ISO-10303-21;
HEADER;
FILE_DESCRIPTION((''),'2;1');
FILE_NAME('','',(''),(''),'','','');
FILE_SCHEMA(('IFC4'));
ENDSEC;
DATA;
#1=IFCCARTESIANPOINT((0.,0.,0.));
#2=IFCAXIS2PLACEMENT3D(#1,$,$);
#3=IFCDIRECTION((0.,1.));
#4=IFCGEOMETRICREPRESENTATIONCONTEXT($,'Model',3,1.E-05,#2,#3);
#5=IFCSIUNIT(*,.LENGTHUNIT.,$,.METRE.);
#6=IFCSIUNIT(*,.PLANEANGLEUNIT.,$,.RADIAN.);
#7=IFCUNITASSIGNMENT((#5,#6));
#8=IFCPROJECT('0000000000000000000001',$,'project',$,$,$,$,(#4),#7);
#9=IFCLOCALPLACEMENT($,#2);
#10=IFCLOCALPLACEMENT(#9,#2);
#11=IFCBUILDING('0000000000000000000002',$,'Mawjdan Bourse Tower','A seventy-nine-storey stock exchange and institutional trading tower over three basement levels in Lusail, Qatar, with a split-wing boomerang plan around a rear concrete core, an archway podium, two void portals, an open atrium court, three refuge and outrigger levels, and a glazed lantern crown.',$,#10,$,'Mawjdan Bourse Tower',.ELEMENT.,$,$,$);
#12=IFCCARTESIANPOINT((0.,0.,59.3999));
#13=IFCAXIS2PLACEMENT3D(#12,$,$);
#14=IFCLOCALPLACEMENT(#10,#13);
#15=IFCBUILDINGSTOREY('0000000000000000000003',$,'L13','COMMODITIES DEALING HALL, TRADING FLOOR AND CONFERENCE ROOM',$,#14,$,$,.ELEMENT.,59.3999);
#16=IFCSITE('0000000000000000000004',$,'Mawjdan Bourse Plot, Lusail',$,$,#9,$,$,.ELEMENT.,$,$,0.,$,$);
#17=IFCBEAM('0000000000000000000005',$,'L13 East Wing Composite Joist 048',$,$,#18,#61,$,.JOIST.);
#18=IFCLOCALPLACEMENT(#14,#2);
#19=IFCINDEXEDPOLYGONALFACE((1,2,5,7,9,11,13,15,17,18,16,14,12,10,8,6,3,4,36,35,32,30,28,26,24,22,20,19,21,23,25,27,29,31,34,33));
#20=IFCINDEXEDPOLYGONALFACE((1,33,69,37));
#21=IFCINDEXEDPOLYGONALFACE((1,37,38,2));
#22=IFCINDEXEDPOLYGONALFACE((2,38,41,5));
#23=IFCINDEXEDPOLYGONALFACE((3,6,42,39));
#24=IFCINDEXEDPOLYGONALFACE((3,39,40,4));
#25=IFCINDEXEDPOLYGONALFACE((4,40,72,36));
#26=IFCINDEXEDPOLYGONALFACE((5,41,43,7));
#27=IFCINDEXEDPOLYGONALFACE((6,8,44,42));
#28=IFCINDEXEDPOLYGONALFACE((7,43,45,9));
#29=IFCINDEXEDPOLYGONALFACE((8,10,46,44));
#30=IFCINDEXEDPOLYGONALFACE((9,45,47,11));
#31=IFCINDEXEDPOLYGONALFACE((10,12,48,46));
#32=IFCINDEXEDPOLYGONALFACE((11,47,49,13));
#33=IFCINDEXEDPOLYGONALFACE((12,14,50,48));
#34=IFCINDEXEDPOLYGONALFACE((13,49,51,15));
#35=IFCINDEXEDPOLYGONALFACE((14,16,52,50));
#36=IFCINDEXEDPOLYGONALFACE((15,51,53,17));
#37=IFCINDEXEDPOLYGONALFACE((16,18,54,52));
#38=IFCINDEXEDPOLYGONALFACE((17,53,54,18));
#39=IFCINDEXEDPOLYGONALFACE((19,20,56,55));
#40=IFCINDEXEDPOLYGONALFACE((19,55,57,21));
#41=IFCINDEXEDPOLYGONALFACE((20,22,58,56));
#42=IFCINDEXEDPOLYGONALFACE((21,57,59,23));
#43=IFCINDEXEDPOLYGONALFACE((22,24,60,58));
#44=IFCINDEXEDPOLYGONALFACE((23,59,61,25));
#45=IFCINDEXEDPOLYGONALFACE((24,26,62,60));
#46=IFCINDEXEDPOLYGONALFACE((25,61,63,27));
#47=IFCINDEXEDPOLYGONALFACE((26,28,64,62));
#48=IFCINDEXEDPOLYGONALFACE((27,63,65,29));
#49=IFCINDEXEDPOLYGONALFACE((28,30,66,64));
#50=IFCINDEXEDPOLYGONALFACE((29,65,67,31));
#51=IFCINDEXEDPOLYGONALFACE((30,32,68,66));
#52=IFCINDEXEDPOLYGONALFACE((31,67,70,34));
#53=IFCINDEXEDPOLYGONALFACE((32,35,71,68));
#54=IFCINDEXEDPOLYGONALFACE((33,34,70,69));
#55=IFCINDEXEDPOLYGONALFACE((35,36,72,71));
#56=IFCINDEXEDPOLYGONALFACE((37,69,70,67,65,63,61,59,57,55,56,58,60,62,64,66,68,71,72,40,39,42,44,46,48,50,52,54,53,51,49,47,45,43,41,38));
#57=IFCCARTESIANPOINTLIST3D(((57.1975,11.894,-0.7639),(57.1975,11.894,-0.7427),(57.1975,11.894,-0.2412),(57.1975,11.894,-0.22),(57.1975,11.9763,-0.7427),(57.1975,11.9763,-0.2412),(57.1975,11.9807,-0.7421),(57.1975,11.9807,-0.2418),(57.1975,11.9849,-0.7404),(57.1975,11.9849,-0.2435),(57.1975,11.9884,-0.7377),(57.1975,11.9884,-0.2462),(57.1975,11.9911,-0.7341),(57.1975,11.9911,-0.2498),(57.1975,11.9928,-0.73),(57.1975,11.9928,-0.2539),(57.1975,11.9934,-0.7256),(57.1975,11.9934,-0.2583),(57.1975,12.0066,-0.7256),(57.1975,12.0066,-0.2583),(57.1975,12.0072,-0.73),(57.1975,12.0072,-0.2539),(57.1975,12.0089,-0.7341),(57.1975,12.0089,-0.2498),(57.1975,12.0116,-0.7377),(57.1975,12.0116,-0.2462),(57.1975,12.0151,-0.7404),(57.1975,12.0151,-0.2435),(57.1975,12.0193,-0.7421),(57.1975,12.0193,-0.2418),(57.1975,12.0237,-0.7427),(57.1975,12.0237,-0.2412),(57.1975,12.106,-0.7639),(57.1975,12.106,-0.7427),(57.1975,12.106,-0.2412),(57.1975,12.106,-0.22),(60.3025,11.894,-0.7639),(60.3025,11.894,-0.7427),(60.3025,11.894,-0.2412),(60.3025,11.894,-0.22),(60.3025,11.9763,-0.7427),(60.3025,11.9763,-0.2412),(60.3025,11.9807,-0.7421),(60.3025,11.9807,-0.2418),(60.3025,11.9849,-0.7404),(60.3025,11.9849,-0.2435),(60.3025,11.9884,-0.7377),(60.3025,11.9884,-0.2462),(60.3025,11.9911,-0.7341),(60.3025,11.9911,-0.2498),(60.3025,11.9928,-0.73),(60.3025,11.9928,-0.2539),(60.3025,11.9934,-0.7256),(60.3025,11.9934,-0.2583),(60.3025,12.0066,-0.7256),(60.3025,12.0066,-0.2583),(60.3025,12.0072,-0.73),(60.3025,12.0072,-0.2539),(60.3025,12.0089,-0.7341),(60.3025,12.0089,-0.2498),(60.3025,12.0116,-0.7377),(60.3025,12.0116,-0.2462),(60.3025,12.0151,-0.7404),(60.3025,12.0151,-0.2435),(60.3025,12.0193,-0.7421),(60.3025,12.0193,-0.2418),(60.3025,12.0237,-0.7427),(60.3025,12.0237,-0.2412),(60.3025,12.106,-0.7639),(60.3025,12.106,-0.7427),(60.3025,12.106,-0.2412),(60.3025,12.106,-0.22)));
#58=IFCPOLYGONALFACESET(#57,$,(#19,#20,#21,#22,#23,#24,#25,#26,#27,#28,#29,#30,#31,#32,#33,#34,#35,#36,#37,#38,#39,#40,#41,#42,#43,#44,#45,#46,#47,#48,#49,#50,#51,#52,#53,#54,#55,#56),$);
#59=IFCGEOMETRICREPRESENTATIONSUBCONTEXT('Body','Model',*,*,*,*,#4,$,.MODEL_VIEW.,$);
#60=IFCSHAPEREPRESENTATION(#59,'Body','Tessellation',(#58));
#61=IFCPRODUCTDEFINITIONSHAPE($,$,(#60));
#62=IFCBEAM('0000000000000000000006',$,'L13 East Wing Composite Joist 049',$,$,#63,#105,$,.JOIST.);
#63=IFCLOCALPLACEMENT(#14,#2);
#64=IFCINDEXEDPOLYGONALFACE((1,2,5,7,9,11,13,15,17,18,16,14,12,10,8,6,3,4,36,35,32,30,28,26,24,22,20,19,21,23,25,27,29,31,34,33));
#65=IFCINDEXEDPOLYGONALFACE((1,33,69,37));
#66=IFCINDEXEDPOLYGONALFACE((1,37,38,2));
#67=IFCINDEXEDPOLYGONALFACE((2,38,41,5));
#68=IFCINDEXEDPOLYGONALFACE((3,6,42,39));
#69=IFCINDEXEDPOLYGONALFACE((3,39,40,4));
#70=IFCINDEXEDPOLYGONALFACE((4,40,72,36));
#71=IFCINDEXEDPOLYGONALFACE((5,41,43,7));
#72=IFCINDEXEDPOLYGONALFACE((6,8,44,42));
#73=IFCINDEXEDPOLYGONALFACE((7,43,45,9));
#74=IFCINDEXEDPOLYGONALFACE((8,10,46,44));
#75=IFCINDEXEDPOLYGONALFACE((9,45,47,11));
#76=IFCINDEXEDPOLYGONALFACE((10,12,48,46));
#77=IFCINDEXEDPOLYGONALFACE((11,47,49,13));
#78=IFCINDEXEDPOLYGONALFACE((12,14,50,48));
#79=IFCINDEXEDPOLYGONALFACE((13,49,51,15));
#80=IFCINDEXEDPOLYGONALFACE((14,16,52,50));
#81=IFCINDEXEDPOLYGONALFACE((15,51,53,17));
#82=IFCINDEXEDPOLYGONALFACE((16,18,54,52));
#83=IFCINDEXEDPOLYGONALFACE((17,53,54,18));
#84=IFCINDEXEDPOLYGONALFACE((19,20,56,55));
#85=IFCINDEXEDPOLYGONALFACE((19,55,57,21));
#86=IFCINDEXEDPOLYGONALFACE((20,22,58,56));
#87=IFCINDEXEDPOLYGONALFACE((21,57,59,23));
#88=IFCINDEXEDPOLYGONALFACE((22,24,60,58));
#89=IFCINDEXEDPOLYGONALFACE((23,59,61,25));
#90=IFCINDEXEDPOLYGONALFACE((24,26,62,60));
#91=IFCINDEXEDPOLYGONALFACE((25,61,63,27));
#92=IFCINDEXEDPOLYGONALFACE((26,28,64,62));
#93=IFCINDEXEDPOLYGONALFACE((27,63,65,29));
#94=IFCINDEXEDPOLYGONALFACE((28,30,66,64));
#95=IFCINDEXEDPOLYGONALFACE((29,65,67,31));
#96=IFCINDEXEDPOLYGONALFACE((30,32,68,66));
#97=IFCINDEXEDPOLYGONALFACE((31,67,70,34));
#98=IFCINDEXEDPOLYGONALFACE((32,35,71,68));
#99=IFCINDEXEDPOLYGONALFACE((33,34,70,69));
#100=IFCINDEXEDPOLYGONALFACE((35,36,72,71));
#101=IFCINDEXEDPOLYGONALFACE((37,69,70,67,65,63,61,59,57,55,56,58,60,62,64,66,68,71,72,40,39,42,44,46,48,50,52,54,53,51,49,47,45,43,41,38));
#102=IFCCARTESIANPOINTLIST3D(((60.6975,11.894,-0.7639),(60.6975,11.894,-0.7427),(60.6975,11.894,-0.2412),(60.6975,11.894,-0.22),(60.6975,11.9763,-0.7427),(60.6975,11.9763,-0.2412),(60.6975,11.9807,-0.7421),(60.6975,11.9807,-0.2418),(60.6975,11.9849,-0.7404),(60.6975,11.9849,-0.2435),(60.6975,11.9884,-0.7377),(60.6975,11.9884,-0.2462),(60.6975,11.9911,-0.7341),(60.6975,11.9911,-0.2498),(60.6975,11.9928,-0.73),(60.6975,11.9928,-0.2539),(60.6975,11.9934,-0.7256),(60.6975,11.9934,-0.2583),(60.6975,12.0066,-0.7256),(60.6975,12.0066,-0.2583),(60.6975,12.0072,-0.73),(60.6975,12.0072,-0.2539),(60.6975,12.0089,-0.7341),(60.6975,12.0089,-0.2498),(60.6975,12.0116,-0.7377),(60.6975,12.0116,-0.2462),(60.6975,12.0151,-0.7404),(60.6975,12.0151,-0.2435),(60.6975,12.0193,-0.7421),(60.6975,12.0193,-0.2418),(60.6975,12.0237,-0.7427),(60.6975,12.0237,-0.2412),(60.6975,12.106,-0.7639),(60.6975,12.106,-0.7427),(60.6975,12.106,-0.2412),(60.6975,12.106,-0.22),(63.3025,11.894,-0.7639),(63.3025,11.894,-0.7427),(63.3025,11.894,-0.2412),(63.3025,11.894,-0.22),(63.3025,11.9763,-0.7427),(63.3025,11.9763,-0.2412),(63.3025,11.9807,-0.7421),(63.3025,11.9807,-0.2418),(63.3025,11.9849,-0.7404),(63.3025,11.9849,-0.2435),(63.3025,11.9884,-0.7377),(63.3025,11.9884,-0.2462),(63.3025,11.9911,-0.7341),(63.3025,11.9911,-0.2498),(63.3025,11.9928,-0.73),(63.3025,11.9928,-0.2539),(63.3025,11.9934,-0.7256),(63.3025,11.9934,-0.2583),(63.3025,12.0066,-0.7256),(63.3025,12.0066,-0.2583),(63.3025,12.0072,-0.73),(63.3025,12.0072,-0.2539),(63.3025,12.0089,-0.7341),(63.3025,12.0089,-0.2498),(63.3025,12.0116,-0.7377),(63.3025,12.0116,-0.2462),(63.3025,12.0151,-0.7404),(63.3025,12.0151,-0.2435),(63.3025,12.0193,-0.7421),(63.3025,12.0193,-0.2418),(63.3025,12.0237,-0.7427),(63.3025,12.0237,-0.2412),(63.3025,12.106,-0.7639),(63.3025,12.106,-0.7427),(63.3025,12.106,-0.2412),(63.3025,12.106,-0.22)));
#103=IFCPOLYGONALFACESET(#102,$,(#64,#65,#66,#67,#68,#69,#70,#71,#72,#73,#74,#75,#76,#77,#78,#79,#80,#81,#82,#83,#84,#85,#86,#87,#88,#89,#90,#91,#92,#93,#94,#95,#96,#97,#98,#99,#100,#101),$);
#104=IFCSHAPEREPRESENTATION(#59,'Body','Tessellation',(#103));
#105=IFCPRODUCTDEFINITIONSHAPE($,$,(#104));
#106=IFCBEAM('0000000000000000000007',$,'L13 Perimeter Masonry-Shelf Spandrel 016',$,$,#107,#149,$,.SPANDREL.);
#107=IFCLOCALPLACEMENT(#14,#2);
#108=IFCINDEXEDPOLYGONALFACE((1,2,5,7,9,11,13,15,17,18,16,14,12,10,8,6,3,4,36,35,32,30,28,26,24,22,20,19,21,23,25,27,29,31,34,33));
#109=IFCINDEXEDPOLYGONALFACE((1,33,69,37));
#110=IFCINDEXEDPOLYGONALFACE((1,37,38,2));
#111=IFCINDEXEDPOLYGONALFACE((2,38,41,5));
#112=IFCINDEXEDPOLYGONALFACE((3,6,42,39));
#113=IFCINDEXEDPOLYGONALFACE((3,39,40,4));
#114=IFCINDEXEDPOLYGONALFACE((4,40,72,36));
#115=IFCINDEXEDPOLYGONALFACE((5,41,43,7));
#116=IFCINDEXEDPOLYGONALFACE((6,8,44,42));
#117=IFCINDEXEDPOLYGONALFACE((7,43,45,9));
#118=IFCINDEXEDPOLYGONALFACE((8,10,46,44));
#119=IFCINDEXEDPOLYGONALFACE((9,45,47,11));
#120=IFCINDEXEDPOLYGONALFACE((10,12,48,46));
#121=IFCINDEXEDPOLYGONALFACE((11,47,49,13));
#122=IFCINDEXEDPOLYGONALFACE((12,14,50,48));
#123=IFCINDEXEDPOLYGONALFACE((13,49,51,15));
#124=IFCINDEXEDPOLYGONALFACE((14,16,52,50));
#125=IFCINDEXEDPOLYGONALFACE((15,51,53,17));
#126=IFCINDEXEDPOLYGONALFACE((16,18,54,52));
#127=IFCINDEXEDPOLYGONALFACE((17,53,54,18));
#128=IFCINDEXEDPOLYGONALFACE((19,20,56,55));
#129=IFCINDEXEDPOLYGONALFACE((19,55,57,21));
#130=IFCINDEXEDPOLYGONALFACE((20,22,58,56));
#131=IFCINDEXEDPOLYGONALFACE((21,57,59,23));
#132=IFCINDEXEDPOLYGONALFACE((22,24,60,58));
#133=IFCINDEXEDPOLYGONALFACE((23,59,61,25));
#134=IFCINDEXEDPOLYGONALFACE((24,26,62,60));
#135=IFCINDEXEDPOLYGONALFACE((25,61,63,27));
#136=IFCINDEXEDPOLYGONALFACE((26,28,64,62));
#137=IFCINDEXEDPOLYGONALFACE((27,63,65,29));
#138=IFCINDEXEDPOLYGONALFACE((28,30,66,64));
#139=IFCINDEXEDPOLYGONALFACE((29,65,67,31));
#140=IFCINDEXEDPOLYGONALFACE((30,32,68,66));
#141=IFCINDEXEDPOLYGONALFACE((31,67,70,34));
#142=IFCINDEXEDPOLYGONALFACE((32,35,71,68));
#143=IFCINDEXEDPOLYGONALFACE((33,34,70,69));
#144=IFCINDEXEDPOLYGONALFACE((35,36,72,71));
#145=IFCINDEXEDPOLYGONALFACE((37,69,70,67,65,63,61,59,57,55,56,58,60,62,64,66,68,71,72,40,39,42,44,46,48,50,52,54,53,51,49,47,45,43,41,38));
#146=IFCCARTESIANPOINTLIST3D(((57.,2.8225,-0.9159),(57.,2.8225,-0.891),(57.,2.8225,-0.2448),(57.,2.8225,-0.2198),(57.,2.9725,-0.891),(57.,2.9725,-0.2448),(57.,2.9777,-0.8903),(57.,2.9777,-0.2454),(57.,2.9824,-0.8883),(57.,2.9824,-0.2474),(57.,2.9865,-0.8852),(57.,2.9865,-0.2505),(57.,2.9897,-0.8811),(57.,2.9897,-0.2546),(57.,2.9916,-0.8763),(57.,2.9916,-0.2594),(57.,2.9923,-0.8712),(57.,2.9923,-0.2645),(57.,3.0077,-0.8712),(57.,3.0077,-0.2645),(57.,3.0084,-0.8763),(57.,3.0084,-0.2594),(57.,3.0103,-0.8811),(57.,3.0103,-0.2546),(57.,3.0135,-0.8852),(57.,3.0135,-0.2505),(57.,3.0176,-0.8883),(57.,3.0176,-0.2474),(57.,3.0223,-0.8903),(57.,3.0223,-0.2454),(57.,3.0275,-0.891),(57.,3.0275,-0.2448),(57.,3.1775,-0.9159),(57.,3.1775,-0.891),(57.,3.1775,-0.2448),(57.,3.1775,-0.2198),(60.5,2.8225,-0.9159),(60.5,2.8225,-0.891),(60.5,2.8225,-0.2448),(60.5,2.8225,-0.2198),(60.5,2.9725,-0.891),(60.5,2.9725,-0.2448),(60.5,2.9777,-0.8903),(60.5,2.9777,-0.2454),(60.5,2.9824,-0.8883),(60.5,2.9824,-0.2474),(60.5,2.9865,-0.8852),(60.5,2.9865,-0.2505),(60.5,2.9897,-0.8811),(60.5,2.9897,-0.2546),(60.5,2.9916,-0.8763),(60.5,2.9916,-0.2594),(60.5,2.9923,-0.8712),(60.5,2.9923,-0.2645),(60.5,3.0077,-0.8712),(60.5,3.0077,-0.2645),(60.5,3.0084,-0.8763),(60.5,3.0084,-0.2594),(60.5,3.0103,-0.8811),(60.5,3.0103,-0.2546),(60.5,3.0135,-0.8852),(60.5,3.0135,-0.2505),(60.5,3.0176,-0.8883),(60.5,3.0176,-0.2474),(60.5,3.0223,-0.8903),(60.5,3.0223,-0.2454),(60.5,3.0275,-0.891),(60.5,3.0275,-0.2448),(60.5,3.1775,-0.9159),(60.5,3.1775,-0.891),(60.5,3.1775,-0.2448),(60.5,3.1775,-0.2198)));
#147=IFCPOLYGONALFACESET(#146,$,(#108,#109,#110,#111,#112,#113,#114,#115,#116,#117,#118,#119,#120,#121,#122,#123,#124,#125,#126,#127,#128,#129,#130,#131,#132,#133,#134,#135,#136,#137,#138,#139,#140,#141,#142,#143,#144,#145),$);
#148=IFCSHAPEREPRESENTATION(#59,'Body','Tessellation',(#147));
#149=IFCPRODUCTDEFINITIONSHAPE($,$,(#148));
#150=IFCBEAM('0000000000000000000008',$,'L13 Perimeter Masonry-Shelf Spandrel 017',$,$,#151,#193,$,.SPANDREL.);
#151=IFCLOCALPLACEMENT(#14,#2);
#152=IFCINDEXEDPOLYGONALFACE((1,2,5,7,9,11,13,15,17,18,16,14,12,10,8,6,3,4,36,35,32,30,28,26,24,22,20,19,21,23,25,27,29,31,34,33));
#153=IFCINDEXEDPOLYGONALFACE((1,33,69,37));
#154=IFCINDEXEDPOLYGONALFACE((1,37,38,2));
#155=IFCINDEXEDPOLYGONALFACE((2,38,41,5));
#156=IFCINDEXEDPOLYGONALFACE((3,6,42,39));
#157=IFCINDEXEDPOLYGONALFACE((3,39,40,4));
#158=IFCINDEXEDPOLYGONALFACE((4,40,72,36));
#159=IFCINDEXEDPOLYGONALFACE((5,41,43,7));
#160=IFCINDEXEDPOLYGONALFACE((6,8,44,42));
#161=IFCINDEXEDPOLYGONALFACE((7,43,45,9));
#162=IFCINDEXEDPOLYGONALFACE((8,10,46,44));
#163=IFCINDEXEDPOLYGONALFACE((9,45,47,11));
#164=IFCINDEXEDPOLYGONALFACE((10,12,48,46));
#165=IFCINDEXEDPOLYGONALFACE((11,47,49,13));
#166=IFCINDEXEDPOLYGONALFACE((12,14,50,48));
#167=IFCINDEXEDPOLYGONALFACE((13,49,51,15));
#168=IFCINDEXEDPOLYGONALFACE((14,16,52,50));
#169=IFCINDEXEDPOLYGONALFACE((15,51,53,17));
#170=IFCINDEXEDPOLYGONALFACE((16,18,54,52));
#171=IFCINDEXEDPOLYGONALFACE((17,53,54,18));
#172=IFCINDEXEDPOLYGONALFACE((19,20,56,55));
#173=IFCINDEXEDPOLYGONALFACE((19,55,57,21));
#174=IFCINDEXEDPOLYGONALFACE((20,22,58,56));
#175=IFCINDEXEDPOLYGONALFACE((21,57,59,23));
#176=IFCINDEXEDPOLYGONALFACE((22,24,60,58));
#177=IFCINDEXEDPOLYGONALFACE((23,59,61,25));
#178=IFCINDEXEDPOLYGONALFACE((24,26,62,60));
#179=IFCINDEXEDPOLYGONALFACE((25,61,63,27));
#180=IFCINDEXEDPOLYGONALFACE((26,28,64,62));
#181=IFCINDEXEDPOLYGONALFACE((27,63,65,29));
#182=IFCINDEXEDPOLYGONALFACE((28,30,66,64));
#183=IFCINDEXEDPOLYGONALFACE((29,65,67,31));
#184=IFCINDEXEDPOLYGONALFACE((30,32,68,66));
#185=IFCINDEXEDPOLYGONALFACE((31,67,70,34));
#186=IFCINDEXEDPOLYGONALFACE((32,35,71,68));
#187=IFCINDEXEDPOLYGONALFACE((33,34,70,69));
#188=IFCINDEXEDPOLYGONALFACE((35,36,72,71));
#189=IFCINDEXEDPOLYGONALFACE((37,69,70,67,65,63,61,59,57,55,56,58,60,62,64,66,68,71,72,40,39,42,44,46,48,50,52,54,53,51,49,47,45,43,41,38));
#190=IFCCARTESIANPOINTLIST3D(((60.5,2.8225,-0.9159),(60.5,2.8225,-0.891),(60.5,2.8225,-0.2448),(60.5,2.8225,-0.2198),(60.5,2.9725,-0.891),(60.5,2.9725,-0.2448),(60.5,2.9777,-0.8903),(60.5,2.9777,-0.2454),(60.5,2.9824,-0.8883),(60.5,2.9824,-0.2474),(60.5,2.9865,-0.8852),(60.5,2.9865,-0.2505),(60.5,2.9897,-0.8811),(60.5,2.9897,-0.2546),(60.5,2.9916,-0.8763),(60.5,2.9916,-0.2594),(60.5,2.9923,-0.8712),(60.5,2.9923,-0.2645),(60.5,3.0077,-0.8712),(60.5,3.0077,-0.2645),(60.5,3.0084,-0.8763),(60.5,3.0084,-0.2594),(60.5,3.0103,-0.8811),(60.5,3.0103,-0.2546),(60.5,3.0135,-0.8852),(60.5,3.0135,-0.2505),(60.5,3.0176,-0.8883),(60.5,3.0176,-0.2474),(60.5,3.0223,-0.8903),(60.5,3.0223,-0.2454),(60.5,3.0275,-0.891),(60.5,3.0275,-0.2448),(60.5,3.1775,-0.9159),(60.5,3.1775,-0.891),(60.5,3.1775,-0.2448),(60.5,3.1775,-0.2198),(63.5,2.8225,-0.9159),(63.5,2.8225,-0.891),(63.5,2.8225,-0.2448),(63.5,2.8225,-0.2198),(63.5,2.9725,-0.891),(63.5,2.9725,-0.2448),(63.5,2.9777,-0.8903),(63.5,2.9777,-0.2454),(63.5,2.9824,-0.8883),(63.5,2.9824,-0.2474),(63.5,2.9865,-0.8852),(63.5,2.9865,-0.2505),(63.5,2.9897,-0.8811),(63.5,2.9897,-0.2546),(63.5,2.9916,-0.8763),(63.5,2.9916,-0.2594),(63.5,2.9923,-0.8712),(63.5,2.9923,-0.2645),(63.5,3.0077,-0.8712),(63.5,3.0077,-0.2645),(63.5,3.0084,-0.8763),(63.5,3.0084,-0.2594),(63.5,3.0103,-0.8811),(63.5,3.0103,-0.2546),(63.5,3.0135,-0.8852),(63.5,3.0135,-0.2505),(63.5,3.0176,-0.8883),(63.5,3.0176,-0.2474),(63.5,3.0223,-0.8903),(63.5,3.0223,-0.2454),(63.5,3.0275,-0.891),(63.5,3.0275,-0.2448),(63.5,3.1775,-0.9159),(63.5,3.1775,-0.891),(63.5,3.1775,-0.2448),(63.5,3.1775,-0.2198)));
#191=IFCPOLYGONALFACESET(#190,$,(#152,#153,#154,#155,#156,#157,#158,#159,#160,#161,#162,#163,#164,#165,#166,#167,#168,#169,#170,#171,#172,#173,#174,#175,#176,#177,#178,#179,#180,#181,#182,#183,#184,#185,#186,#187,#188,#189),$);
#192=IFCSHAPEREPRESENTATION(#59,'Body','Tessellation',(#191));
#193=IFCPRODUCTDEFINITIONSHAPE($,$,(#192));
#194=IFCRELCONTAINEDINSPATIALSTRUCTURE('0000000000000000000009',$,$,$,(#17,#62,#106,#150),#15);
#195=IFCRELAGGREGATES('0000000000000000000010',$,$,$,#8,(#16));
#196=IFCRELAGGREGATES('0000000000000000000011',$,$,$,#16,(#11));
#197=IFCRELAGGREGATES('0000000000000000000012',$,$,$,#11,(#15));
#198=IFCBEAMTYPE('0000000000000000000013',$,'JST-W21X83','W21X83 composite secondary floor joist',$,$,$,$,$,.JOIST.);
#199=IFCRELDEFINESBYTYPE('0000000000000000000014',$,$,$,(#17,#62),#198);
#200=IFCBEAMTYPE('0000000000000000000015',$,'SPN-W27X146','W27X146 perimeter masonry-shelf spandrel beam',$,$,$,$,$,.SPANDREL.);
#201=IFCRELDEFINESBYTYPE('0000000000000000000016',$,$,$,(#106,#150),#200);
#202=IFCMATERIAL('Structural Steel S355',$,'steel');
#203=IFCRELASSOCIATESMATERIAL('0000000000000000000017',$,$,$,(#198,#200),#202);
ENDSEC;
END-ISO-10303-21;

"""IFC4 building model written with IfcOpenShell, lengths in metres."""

from ifc_helpers import new_model, si_unit, direction, frame, origin, origin_2d, place, context, subcontext, project, spatial, i_section, extrude, material, material_profile, profile_set, type_object, element, save


model = new_model("IFC4")

# Units and contexts
model_context = context("Model", 3, precision=1e-05, world=origin(), true_north=direction((0.0, 1.0)))
body_context = subcontext(model_context, "Body", "Model", "MODEL_VIEW")
ifc_project = project(units=[si_unit("LENGTHUNIT", "METRE"), si_unit("PLANEANGLEUNIT", "RADIAN")], contexts=[model_context])

# Site, building, storey
site_placement = place(None, origin())
site = spatial("IfcSite", under=ifc_project, at=site_placement, Name="Mawjdan Bourse Plot, Lusail", CompositionType="ELEMENT", RefElevation=0.0)
building_placement = place(site_placement, origin())
building = spatial("IfcBuilding", under=site, at=building_placement, Name="Mawjdan Bourse Tower", Description="A seventy-nine-storey stock exchange and institutional trading tower over three basement levels in Lusail, Qatar, with a split-wing boomerang plan around a rear concrete core, an archway podium, two void portals, an open atrium court, three refuge and outrigger levels, and a glazed lantern crown.", LongName="Mawjdan Bourse Tower", CompositionType="ELEMENT")
storey_placement = place(building_placement, frame((0.0, 0.0, 59.3999)))
storey = spatial("IfcBuildingStorey", under=building, at=storey_placement, Name="L13", Description="COMMODITIES DEALING HALL, TRADING FLOOR AND CONFERENCE ROOM", CompositionType="ELEMENT", Elevation=59.3999)

# Beams
ifc_material_1 = material(Name="Structural Steel S355", Category="steel")
ifc_material_profile_1 = material_profile(ifc_material_1, i_section(OverallWidth=0.2119, OverallDepth=0.5439, WebThickness=0.0132, FlangeThickness=0.0212, FilletRadius=0.0171, at=origin_2d()), Name="W21X83")
ifc_profile_set_1 = profile_set([ifc_material_profile_1], Name="Structural Steel S355")
beam_type_1 = type_object("IfcBeamType", Name="JST-W21X83", Description="W21X83 composite secondary floor joist", PredefinedType="JOIST", material=ifc_profile_set_1)
beam_1_placement = place(storey_placement, frame((57.1975, 12.0, -0.4919), z_axis=(1.0, 0.0, 0.0), x_axis=(0.0, 1.0, 0.0)))
element("IfcBeam", 1, at=beam_1_placement, inside=storey, type_object=beam_type_1, Name="L13 East Wing Composite Joist 048", PredefinedType="JOIST", context=body_context, shape_type="SweptSolid", body=[
    extrude(i_section(OverallWidth=0.2119, OverallDepth=0.5439, WebThickness=0.0132, FlangeThickness=0.0212, FilletRadius=0.0171, at=origin_2d()), origin(), (0.0, 0.0, 1.0), 3.105),
])
beam_2_placement = place(storey_placement, frame((60.6975, 12.0, -0.4919), z_axis=(1.0, 0.0, 0.0), x_axis=(0.0, 1.0, 0.0)))
element("IfcBeam", 2, at=beam_2_placement, inside=storey, type_object=beam_type_1, Name="L13 East Wing Composite Joist 049", PredefinedType="JOIST", context=body_context, shape_type="SweptSolid", body=[
    extrude(i_section(OverallWidth=0.2119, OverallDepth=0.5439, WebThickness=0.0132, FlangeThickness=0.0212, FilletRadius=0.0171, at=origin_2d()), origin(), (0.0, 0.0, 1.0), 2.605),
])
ifc_material_profile_2 = material_profile(ifc_material_1, i_section(OverallWidth=0.355, OverallDepth=0.696, WebThickness=0.0154, FlangeThickness=0.0249, FilletRadius=0.0198, at=origin_2d()), Name="W27X146")
ifc_profile_set_2 = profile_set([ifc_material_profile_2], Name="Structural Steel S355")
beam_type_2 = type_object("IfcBeamType", Name="SPN-W27X146", Description="W27X146 perimeter masonry-shelf spandrel beam", PredefinedType="SPANDREL", material=ifc_profile_set_2)
beam_3_placement = place(storey_placement, frame((57.0, 3.0, -0.5679), z_axis=(1.0, 0.0, 0.0), x_axis=(0.0, 1.0, 0.0)))
element("IfcBeam", 3, at=beam_3_placement, inside=storey, type_object=beam_type_2, Name="L13 Perimeter Masonry-Shelf Spandrel 016", PredefinedType="SPANDREL", context=body_context, shape_type="SweptSolid", body=[
    extrude(i_section(OverallWidth=0.355, OverallDepth=0.696, WebThickness=0.0154, FlangeThickness=0.0249, FilletRadius=0.0198, at=origin_2d()), origin(), (0.0, 0.0, 1.0), 3.5),
])
beam_4_placement = place(storey_placement, frame((60.5, 3.0, -0.5679), z_axis=(1.0, 0.0, 0.0), x_axis=(0.0, 1.0, 0.0)))
element("IfcBeam", 4, at=beam_4_placement, inside=storey, type_object=beam_type_2, Name="L13 Perimeter Masonry-Shelf Spandrel 017", PredefinedType="SPANDREL", context=body_context, shape_type="SweptSolid", body=[
    extrude(i_section(OverallWidth=0.355, OverallDepth=0.696, WebThickness=0.0154, FlangeThickness=0.0249, FilletRadius=0.0198, at=origin_2d()), origin(), (0.0, 0.0, 1.0), 3.0),
])

save(model, "model.ifc")
